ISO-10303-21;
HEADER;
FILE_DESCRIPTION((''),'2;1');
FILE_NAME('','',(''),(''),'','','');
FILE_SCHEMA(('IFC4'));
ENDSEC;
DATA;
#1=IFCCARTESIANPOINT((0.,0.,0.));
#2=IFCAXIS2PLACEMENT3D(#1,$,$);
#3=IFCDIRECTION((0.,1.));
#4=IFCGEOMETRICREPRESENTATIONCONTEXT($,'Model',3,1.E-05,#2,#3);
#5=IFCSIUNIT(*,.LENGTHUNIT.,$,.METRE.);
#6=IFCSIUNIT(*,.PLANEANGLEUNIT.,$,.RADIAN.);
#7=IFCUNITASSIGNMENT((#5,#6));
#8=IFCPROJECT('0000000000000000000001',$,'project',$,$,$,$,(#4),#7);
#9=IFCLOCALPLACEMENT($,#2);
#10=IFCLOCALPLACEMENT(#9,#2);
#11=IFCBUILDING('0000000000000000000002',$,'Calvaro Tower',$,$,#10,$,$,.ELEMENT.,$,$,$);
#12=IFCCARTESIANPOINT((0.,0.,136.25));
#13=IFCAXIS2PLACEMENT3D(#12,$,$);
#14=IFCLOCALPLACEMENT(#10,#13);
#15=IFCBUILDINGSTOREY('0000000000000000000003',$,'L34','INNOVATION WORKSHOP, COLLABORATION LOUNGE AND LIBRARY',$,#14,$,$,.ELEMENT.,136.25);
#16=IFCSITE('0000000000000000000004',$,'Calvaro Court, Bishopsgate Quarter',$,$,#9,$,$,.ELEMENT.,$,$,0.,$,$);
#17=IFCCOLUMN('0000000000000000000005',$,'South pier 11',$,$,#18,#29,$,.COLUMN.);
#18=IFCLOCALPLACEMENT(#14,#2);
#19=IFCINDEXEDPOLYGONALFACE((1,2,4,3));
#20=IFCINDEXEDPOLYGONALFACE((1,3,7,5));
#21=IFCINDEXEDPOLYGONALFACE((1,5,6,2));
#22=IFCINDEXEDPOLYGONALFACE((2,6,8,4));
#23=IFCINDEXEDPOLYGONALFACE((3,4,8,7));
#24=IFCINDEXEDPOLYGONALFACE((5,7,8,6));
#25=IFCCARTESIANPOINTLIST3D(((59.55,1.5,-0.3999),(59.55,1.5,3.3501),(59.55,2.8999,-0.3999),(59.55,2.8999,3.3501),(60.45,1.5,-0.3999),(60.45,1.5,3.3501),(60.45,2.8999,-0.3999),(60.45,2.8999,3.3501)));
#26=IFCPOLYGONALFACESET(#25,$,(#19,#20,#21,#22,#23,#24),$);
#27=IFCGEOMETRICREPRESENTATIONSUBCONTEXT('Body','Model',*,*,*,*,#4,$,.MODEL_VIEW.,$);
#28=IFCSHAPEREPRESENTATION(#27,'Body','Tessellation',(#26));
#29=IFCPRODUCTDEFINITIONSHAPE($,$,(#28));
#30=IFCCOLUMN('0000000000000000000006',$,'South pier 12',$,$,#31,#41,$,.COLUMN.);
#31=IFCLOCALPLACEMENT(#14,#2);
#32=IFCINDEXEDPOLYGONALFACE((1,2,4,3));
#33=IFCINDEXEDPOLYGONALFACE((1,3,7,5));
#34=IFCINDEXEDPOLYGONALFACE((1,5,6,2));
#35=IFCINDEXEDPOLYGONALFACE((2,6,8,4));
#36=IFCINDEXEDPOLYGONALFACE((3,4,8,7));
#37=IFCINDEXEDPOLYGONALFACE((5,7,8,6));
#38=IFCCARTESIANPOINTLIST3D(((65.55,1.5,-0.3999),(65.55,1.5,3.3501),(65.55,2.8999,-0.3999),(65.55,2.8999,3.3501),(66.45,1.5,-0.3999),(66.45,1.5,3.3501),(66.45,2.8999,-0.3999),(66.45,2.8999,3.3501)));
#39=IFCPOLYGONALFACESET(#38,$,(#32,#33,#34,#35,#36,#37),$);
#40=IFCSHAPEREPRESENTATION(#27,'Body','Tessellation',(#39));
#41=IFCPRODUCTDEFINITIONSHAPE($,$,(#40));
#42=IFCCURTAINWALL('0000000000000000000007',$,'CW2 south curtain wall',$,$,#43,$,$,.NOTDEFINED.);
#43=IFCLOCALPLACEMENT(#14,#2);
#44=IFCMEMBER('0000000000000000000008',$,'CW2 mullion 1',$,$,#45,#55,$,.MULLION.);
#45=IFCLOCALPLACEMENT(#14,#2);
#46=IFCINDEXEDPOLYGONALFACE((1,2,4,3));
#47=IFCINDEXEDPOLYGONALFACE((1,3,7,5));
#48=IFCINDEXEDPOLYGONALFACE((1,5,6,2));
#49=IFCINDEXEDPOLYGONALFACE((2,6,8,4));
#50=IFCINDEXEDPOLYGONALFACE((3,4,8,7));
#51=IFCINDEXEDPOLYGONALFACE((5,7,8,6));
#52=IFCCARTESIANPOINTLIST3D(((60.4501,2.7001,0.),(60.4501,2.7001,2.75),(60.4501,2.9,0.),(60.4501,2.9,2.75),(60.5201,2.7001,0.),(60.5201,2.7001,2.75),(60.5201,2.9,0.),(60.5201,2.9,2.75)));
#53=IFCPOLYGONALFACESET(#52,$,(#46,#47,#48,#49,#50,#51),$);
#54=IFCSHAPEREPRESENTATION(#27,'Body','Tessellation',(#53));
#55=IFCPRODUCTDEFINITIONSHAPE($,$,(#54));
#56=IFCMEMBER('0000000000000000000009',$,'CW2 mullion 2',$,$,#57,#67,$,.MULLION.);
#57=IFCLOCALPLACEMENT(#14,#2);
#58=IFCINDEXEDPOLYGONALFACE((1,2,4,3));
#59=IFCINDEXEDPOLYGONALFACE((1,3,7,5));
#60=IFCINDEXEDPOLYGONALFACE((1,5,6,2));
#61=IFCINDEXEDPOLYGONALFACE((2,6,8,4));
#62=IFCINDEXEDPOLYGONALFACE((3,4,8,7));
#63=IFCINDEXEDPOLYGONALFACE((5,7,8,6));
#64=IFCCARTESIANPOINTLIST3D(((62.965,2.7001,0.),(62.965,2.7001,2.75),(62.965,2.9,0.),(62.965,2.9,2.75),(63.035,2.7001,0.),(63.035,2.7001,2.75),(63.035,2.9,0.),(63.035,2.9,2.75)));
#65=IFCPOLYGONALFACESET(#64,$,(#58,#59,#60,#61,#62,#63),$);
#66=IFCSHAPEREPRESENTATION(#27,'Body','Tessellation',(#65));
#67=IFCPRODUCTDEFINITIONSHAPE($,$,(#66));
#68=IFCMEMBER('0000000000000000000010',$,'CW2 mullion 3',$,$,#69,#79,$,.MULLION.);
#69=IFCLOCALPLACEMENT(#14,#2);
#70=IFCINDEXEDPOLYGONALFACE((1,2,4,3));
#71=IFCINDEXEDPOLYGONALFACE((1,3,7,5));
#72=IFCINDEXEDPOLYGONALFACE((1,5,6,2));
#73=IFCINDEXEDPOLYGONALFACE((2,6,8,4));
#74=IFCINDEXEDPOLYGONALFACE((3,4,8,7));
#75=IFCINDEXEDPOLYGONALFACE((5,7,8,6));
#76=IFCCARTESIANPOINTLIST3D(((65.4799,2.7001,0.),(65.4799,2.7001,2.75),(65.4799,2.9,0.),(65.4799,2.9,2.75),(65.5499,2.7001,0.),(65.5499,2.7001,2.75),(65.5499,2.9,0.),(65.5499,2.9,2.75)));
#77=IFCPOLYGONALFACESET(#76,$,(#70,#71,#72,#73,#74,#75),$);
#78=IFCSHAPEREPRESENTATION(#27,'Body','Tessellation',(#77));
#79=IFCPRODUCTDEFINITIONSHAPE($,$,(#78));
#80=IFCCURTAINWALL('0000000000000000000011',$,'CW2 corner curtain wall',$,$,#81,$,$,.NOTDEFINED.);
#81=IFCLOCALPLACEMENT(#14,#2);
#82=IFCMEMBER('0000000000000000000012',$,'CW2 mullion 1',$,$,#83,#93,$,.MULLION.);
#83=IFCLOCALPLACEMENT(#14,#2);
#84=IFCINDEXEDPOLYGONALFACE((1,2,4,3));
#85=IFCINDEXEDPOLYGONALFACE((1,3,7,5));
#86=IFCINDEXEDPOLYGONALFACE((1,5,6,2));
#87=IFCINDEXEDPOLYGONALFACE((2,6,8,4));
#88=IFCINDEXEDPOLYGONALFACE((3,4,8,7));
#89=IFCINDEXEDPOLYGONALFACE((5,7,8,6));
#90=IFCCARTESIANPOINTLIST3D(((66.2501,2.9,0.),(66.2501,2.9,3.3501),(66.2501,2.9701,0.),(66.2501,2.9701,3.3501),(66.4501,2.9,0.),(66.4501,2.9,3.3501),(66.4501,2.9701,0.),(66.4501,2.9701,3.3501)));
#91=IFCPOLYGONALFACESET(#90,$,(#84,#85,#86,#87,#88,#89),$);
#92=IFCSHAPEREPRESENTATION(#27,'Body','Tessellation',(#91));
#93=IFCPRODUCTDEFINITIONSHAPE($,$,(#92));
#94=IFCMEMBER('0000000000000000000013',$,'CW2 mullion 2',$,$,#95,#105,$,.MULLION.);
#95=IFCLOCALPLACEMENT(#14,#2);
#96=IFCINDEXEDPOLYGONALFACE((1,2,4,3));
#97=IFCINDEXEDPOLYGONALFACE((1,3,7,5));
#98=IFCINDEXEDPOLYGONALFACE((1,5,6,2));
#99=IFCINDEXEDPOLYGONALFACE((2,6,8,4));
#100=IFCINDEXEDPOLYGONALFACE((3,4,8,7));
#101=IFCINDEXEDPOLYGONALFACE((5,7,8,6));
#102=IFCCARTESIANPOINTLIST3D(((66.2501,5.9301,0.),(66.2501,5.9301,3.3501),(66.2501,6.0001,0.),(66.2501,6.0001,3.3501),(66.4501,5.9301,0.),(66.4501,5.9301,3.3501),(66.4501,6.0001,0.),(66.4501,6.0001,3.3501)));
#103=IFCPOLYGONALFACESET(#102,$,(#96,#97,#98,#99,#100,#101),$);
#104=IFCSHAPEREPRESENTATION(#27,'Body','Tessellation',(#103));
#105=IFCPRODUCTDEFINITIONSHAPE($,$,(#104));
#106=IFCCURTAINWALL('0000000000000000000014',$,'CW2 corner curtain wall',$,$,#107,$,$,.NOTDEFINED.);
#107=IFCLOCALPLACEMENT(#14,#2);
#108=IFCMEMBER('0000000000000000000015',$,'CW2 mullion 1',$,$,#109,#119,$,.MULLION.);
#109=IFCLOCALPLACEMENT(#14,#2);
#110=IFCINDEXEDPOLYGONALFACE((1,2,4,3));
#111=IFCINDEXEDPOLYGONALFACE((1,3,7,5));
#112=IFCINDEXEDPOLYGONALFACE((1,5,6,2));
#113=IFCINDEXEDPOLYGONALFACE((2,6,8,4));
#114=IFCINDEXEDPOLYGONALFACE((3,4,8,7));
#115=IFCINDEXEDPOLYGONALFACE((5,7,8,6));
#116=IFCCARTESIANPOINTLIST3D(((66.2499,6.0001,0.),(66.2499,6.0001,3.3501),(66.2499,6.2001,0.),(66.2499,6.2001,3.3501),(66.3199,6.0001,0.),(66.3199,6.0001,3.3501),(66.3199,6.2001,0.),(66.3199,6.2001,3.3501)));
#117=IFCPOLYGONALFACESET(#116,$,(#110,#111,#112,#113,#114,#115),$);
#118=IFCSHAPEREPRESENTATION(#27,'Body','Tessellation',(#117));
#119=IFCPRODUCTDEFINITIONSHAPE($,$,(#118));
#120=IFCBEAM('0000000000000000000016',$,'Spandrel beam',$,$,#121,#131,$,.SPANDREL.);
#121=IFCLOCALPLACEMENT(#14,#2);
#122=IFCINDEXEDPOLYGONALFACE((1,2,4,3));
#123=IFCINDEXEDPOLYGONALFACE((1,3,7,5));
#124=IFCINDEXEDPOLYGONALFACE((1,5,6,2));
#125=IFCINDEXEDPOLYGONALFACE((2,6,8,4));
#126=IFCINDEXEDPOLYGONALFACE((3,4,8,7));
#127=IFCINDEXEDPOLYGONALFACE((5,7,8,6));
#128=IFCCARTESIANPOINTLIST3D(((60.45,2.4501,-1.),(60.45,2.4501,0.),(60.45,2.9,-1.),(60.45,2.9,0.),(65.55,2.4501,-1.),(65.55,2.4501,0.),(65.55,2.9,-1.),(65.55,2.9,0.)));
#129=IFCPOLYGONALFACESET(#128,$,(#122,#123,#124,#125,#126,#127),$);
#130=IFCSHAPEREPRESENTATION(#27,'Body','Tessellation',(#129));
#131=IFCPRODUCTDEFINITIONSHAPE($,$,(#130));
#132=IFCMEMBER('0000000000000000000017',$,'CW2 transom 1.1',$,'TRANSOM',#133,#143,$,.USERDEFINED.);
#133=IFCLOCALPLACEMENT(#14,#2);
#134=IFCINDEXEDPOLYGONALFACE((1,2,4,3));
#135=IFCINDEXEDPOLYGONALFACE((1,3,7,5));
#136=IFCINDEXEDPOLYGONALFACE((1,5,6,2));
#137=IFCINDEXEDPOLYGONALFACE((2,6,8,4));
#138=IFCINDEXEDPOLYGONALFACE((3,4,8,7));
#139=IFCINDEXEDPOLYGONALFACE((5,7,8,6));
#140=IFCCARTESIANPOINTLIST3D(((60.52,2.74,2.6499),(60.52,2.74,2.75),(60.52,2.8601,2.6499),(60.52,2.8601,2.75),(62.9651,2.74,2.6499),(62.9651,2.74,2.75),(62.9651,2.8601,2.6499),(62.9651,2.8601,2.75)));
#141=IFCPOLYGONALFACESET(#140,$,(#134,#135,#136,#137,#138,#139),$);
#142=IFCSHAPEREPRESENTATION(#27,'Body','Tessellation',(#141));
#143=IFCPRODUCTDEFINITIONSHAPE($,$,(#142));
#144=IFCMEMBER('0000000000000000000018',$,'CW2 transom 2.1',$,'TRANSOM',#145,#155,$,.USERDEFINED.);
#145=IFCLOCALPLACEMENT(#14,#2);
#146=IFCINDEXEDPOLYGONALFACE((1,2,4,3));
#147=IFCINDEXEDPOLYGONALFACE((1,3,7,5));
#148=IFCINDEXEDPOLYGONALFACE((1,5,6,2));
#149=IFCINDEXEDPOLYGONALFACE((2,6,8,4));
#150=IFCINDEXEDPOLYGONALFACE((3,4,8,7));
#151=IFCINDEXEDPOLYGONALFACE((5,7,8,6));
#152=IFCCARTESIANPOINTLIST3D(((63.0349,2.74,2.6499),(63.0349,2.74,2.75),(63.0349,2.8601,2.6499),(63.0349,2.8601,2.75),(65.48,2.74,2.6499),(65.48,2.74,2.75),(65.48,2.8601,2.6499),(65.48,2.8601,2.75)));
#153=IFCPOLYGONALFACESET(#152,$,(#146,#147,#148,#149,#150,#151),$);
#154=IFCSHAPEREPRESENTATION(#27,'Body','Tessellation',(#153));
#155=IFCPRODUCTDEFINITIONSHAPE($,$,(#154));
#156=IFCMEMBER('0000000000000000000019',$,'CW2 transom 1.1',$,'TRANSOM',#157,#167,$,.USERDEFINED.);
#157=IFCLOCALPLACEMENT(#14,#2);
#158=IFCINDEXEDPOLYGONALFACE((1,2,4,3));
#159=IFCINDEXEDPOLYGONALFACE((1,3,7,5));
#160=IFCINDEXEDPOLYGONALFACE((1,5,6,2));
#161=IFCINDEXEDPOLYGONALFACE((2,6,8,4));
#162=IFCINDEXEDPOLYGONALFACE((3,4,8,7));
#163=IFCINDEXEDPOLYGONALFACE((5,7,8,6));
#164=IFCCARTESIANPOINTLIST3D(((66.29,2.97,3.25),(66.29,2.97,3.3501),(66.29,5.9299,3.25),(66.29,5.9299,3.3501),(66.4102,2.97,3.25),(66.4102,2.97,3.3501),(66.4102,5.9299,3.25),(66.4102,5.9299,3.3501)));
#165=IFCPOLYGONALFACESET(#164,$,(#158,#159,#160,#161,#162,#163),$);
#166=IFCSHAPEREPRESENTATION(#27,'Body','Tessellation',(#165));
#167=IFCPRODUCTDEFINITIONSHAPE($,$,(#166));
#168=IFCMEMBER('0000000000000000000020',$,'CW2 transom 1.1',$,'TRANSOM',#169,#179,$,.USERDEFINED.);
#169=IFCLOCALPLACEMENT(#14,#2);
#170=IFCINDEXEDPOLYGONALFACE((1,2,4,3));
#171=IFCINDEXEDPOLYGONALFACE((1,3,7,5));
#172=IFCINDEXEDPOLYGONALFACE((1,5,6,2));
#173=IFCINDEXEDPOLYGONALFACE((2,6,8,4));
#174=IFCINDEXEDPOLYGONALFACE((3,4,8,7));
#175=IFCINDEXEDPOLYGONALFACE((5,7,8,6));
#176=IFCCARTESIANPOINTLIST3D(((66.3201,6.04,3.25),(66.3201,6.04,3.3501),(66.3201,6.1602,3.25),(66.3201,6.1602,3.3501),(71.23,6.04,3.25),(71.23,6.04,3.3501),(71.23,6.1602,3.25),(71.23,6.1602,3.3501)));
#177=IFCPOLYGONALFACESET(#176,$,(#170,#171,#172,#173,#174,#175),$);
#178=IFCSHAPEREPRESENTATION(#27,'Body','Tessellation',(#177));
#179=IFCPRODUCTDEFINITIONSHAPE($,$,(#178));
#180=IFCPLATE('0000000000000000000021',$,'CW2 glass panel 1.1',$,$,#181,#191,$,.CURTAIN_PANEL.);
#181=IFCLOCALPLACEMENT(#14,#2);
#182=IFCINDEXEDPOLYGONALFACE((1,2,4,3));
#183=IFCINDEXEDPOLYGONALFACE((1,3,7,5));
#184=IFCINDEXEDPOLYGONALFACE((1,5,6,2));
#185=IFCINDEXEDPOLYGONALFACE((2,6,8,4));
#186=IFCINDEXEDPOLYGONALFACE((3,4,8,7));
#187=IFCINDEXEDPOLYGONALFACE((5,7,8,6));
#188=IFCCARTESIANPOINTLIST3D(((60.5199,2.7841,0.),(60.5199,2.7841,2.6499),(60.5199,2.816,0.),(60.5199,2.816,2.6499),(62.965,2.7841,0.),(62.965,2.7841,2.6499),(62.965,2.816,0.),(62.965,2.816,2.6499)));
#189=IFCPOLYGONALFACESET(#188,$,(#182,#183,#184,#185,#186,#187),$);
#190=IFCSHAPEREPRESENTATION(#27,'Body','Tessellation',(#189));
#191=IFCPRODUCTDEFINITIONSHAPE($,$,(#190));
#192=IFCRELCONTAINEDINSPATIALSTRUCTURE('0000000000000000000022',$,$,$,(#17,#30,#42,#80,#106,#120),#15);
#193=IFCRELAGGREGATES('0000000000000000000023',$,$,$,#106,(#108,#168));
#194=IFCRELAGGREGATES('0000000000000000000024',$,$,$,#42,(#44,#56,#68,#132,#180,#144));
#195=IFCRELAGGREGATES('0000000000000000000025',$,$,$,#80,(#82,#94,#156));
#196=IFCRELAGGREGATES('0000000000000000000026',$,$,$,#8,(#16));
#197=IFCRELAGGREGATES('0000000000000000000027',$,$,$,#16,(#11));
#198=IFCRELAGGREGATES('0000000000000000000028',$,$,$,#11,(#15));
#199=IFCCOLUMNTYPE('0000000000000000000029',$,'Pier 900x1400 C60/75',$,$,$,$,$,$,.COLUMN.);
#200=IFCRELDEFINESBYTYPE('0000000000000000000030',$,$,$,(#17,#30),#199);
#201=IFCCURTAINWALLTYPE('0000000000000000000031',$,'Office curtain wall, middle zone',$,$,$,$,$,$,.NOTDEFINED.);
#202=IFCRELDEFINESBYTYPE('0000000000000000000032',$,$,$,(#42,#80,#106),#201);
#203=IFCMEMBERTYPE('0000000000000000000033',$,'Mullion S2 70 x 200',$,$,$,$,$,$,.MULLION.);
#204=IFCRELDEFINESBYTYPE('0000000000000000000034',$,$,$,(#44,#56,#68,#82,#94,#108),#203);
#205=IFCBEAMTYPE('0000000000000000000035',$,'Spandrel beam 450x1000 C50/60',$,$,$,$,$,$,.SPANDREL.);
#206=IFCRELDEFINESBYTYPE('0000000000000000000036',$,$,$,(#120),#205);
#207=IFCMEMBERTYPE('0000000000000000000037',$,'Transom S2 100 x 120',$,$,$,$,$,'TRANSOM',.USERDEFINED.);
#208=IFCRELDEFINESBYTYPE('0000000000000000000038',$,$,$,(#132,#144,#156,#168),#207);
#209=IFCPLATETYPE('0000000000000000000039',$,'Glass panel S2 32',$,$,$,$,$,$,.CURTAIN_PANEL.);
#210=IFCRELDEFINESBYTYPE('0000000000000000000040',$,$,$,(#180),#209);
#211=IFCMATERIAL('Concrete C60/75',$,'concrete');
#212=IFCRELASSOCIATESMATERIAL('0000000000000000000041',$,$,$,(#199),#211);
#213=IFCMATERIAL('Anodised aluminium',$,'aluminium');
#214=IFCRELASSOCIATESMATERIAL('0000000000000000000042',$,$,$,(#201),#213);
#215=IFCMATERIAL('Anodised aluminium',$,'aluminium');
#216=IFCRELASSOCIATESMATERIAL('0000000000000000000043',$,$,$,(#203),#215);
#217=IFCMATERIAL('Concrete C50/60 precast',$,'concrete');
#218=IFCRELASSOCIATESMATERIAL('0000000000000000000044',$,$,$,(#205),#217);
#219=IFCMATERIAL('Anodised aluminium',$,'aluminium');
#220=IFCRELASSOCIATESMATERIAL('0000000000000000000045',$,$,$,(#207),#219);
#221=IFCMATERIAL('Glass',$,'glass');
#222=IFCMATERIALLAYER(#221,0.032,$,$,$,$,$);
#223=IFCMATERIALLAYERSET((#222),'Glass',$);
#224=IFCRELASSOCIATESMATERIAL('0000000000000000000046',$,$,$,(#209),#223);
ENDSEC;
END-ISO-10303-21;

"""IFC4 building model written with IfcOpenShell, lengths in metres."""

from ifc_helpers import new_model, si_unit, direction, frame, origin, origin_2d, place, context, subcontext, project, spatial, rectangle, extrude, material, layer, layer_set, material_profile, profile_set, type_object, element, aggregate, save


model = new_model("IFC4")

# Units and contexts
model_context = context("Model", 3, precision=1e-05, world=origin(), true_north=direction((0.0, 1.0)))
body_context = subcontext(model_context, "Body", "Model", "MODEL_VIEW")
ifc_project = project(units=[si_unit("LENGTHUNIT", "METRE"), si_unit("PLANEANGLEUNIT", "RADIAN")], contexts=[model_context])

# Site, building, storey
site_placement = place(None, origin())
site = spatial("IfcSite", under=ifc_project, at=site_placement, Name="Calvaro Court, Bishopsgate Quarter", CompositionType="ELEMENT", RefElevation=0.0)
building_placement = place(site_placement, origin())
building = spatial("IfcBuilding", under=site, at=building_placement, Name="Calvaro Tower", CompositionType="ELEMENT")
storey_placement = place(building_placement, frame((0.0, 0.0, 136.25)))
storey = spatial("IfcBuildingStorey", under=building, at=storey_placement, Name="L34", Description="INNOVATION WORKSHOP, COLLABORATION LOUNGE AND LIBRARY", CompositionType="ELEMENT", Elevation=136.25)

# Columns
ifc_material_1 = material(Name="Concrete C60/75", Category="concrete")
ifc_material_profile_1 = material_profile(ifc_material_1, rectangle(XDim=0.8999, YDim=1.3999, at=origin_2d()), Name="RC 900x1400")
ifc_profile_set_1 = profile_set([ifc_material_profile_1], Name="Concrete C60/75")
column_type = type_object("IfcColumnType", Name="Pier 900x1400 C60/75", PredefinedType="COLUMN", material=ifc_profile_set_1)
for number, where, z_axis, x_axis, name in (
    (1, (60.0, 2.2, -0.3999), (0.0, 0.0, 1.0), (1.0, 0.0, 0.0), "South pier 11"),
    (2, (66.0, 2.2, -0.3999), (0.0, 0.0, 1.0), (1.0, 0.0, 0.0), "South pier 12"),
):
    element("IfcColumn", number, at=place(storey_placement, frame(where, z_axis=z_axis, x_axis=x_axis)), inside=storey, type_object=column_type, Name=name, PredefinedType="COLUMN", context=body_context, shape_type="SweptSolid", body=[
        extrude(rectangle(XDim=0.8999, YDim=1.3999, at=origin_2d()), origin(), (0.0, 0.0, 1.0), 3.75),
    ])

# Curtain walls, members
ifc_material_2 = material(Name="Anodised aluminium", Category="aluminium")
curtain_wall_type = type_object("IfcCurtainWallType", Name="Office curtain wall, middle zone", PredefinedType="NOTDEFINED", material=ifc_material_2)
curtain_wall_1_placement = place(storey_placement, origin())
curtain_wall_1 = element("IfcCurtainWall", 3, at=curtain_wall_1_placement, inside=storey, type_object=curtain_wall_type, Name="CW2 south curtain wall", PredefinedType="NOTDEFINED")
ifc_material_3 = material(Name="Anodised aluminium", Category="aluminium")
ifc_material_profile_2 = material_profile(ifc_material_3, rectangle(XDim=0.2, YDim=0.0701, at=origin_2d()), Name="Mullion S2 70 x 200")
ifc_profile_set_2 = profile_set([ifc_material_profile_2], Name="Anodised aluminium")
member_type_1 = type_object("IfcMemberType", Name="Mullion S2 70 x 200", PredefinedType="MULLION", material=ifc_profile_set_2)
member_1_placement = place(storey_placement, frame((60.4851, 2.8, 0.0), z_axis=(0.0, 0.0, 1.0), x_axis=(0.0, 1.0, 0.0)))
member_1 = element("IfcMember", 4, at=member_1_placement, type_object=member_type_1, Name="CW2 mullion 1", PredefinedType="MULLION", context=body_context, shape_type="SweptSolid", body=[
    extrude(rectangle(XDim=0.2, YDim=0.0701, at=origin_2d()), origin(), (0.0, 0.0, 1.0), 2.75),
])
member_2_placement = place(storey_placement, frame((63.0, 2.8, 0.0), z_axis=(0.0, 0.0, 1.0), x_axis=(0.0, 1.0, 0.0)))
member_2 = element("IfcMember", 5, at=member_2_placement, type_object=member_type_1, Name="CW2 mullion 2", PredefinedType="MULLION", context=body_context, shape_type="SweptSolid", body=[
    extrude(rectangle(XDim=0.2, YDim=0.0701, at=origin_2d()), origin(), (0.0, 0.0, 1.0), 2.75),
])
member_3_placement = place(storey_placement, frame((65.5149, 2.8, 0.0), z_axis=(0.0, 0.0, 1.0), x_axis=(0.0, 1.0, 0.0)))
member_3 = element("IfcMember", 6, at=member_3_placement, type_object=member_type_1, Name="CW2 mullion 3", PredefinedType="MULLION", context=body_context, shape_type="SweptSolid", body=[
    extrude(rectangle(XDim=0.2, YDim=0.0701, at=origin_2d()), origin(), (0.0, 0.0, 1.0), 2.75),
])
curtain_wall_2_placement = place(storey_placement, origin())
curtain_wall_2 = element("IfcCurtainWall", 7, at=curtain_wall_2_placement, inside=storey, type_object=curtain_wall_type, Name="CW2 corner curtain wall", PredefinedType="NOTDEFINED")
member_4_placement = place(storey_placement, frame((66.3501, 2.9351, 0.0), z_axis=(0.0, 0.0, 1.0), x_axis=(-1.0, 0.0, 0.0)))
member_4 = element("IfcMember", 8, at=member_4_placement, type_object=member_type_1, Name="CW2 mullion 1", PredefinedType="MULLION", context=body_context, shape_type="SweptSolid", body=[
    extrude(rectangle(XDim=0.2, YDim=0.0701, at=origin_2d()), origin(), (0.0, 0.0, 1.0), 3.3501),
])
member_5_placement = place(storey_placement, frame((66.3501, 5.9651, 0.0), z_axis=(0.0, 0.0, 1.0), x_axis=(-1.0, 0.0, 0.0)))
member_5 = element("IfcMember", 9, at=member_5_placement, type_object=member_type_1, Name="CW2 mullion 2", PredefinedType="MULLION", context=body_context, shape_type="SweptSolid", body=[
    extrude(rectangle(XDim=0.2, YDim=0.0701, at=origin_2d()), origin(), (0.0, 0.0, 1.0), 3.3501),
])

# Curtain wall, member
curtain_wall_3_placement = place(storey_placement, origin())
curtain_wall_3 = element("IfcCurtainWall", 10, at=curtain_wall_3_placement, inside=storey, type_object=curtain_wall_type, Name="CW2 corner curtain wall", PredefinedType="NOTDEFINED")
member_6_placement = place(storey_placement, frame((66.2849, 6.1001, 0.0), z_axis=(0.0, 0.0, 1.0), x_axis=(0.0, 1.0, 0.0)))
member_6 = element("IfcMember", 11, at=member_6_placement, type_object=member_type_1, Name="CW2 mullion 1", PredefinedType="MULLION", context=body_context, shape_type="SweptSolid", body=[
    extrude(rectangle(XDim=0.2, YDim=0.0701, at=origin_2d()), origin(), (0.0, 0.0, 1.0), 3.3501),
])

# Beam
ifc_material_4 = material(Name="Concrete C50/60 precast", Category="concrete")
ifc_material_profile_3 = material_profile(ifc_material_4, rectangle(XDim=0.45, YDim=1.0, at=origin_2d()), Name="RC 450x1000")
ifc_profile_set_3 = profile_set([ifc_material_profile_3], Name="Concrete C50/60 precast")
beam_type = type_object("IfcBeamType", Name="Spandrel beam 450x1000 C50/60", PredefinedType="SPANDREL", material=ifc_profile_set_3)
beam_placement = place(storey_placement, frame((60.45, 2.675, -0.5), z_axis=(1.0, 0.0, 0.0), x_axis=(0.0, 1.0, 0.0)))
element("IfcBeam", 12, at=beam_placement, inside=storey, type_object=beam_type, Name="Spandrel beam", PredefinedType="SPANDREL", context=body_context, shape_type="SweptSolid", body=[
    extrude(rectangle(XDim=0.45, YDim=1.0, at=origin_2d()), origin(), (0.0, 0.0, 1.0), 5.1001),
])

# Members
ifc_material_5 = material(Name="Anodised aluminium", Category="aluminium")
ifc_material_profile_4 = material_profile(ifc_material_5, rectangle(XDim=0.1201, YDim=0.1001, at=origin_2d()), Name="Transom S2 100 x 120")
ifc_profile_set_4 = profile_set([ifc_material_profile_4], Name="Anodised aluminium")
member_type_2 = type_object("IfcMemberType", Name="Transom S2 100 x 120", ElementType="TRANSOM", PredefinedType="USERDEFINED", material=ifc_profile_set_4)
member_7_placement = place(storey_placement, frame((60.52, 2.8, 2.7), z_axis=(1.0, 0.0, 0.0), x_axis=(0.0, 1.0, 0.0)))
member_7 = element("IfcMember", 13, at=member_7_placement, type_object=member_type_2, Name="CW2 transom 1.1", ObjectType="TRANSOM", PredefinedType="USERDEFINED", context=body_context, shape_type="SweptSolid", body=[
    extrude(rectangle(XDim=0.1201, YDim=0.1001, at=origin_2d()), origin(), (0.0, 0.0, 1.0), 2.4451),
])
member_8_placement = place(storey_placement, frame((63.0349, 2.8, 2.7), z_axis=(1.0, 0.0, 0.0), x_axis=(0.0, 1.0, 0.0)))
member_8 = element("IfcMember", 14, at=member_8_placement, type_object=member_type_2, Name="CW2 transom 2.1", ObjectType="TRANSOM", PredefinedType="USERDEFINED", context=body_context, shape_type="SweptSolid", body=[
    extrude(rectangle(XDim=0.1201, YDim=0.1001, at=origin_2d()), origin(), (0.0, 0.0, 1.0), 2.4451),
])
member_9_placement = place(storey_placement, frame((66.3501, 2.97, 3.3), z_axis=(0.0, 1.0, 0.0), x_axis=(-1.0, 0.0, 0.0)))
member_9 = element("IfcMember", 15, at=member_9_placement, type_object=member_type_2, Name="CW2 transom 1.1", ObjectType="TRANSOM", PredefinedType="USERDEFINED", context=body_context, shape_type="SweptSolid", body=[
    extrude(rectangle(XDim=0.1201, YDim=0.1001, at=origin_2d()), origin(), (0.0, 0.0, 1.0), 2.96),
])
member_10_placement = place(storey_placement, frame((66.3201, 6.1001, 3.3), z_axis=(1.0, 0.0, 0.0), x_axis=(0.0, 1.0, 0.0)))
member_10 = element("IfcMember", 16, at=member_10_placement, type_object=member_type_2, Name="CW2 transom 1.1", ObjectType="TRANSOM", PredefinedType="USERDEFINED", context=body_context, shape_type="SweptSolid", body=[
    extrude(rectangle(XDim=0.1201, YDim=0.1001, at=origin_2d()), origin(), (0.0, 0.0, 1.0), 4.9099),
])
aggregate(curtain_wall_3, [member_6, member_10])

# Plate
ifc_material_6 = material(Name="Glass", Category="glass")
ifc_layer_1 = layer(ifc_material_6, 0.032)
ifc_layer_set_1 = layer_set([ifc_layer_1], Name="Glass")
plate_type = type_object("IfcPlateType", Name="Glass panel S2 32", PredefinedType="CURTAIN_PANEL", material=ifc_layer_set_1)
plate_1_placement = place(storey_placement, frame((61.7424, 2.8, 0.0), z_axis=(0.0, 0.0, 1.0), x_axis=(1.0, 0.0, 0.0)))
plate_1 = element("IfcPlate", 17, at=plate_1_placement, type_object=plate_type, Name="CW2 glass panel 1.1", PredefinedType="CURTAIN_PANEL", context=body_context, shape_type="SweptSolid", body=[
    extrude(rectangle(XDim=2.4451, YDim=0.032, at=origin_2d()), origin(), (0.0, 0.0, 1.0), 2.6499),
])
aggregate(curtain_wall_1, [member_1, member_2, member_3, member_7, plate_1, member_8])
aggregate(curtain_wall_2, [member_4, member_5, member_9])

save(model, "model.ifc")
